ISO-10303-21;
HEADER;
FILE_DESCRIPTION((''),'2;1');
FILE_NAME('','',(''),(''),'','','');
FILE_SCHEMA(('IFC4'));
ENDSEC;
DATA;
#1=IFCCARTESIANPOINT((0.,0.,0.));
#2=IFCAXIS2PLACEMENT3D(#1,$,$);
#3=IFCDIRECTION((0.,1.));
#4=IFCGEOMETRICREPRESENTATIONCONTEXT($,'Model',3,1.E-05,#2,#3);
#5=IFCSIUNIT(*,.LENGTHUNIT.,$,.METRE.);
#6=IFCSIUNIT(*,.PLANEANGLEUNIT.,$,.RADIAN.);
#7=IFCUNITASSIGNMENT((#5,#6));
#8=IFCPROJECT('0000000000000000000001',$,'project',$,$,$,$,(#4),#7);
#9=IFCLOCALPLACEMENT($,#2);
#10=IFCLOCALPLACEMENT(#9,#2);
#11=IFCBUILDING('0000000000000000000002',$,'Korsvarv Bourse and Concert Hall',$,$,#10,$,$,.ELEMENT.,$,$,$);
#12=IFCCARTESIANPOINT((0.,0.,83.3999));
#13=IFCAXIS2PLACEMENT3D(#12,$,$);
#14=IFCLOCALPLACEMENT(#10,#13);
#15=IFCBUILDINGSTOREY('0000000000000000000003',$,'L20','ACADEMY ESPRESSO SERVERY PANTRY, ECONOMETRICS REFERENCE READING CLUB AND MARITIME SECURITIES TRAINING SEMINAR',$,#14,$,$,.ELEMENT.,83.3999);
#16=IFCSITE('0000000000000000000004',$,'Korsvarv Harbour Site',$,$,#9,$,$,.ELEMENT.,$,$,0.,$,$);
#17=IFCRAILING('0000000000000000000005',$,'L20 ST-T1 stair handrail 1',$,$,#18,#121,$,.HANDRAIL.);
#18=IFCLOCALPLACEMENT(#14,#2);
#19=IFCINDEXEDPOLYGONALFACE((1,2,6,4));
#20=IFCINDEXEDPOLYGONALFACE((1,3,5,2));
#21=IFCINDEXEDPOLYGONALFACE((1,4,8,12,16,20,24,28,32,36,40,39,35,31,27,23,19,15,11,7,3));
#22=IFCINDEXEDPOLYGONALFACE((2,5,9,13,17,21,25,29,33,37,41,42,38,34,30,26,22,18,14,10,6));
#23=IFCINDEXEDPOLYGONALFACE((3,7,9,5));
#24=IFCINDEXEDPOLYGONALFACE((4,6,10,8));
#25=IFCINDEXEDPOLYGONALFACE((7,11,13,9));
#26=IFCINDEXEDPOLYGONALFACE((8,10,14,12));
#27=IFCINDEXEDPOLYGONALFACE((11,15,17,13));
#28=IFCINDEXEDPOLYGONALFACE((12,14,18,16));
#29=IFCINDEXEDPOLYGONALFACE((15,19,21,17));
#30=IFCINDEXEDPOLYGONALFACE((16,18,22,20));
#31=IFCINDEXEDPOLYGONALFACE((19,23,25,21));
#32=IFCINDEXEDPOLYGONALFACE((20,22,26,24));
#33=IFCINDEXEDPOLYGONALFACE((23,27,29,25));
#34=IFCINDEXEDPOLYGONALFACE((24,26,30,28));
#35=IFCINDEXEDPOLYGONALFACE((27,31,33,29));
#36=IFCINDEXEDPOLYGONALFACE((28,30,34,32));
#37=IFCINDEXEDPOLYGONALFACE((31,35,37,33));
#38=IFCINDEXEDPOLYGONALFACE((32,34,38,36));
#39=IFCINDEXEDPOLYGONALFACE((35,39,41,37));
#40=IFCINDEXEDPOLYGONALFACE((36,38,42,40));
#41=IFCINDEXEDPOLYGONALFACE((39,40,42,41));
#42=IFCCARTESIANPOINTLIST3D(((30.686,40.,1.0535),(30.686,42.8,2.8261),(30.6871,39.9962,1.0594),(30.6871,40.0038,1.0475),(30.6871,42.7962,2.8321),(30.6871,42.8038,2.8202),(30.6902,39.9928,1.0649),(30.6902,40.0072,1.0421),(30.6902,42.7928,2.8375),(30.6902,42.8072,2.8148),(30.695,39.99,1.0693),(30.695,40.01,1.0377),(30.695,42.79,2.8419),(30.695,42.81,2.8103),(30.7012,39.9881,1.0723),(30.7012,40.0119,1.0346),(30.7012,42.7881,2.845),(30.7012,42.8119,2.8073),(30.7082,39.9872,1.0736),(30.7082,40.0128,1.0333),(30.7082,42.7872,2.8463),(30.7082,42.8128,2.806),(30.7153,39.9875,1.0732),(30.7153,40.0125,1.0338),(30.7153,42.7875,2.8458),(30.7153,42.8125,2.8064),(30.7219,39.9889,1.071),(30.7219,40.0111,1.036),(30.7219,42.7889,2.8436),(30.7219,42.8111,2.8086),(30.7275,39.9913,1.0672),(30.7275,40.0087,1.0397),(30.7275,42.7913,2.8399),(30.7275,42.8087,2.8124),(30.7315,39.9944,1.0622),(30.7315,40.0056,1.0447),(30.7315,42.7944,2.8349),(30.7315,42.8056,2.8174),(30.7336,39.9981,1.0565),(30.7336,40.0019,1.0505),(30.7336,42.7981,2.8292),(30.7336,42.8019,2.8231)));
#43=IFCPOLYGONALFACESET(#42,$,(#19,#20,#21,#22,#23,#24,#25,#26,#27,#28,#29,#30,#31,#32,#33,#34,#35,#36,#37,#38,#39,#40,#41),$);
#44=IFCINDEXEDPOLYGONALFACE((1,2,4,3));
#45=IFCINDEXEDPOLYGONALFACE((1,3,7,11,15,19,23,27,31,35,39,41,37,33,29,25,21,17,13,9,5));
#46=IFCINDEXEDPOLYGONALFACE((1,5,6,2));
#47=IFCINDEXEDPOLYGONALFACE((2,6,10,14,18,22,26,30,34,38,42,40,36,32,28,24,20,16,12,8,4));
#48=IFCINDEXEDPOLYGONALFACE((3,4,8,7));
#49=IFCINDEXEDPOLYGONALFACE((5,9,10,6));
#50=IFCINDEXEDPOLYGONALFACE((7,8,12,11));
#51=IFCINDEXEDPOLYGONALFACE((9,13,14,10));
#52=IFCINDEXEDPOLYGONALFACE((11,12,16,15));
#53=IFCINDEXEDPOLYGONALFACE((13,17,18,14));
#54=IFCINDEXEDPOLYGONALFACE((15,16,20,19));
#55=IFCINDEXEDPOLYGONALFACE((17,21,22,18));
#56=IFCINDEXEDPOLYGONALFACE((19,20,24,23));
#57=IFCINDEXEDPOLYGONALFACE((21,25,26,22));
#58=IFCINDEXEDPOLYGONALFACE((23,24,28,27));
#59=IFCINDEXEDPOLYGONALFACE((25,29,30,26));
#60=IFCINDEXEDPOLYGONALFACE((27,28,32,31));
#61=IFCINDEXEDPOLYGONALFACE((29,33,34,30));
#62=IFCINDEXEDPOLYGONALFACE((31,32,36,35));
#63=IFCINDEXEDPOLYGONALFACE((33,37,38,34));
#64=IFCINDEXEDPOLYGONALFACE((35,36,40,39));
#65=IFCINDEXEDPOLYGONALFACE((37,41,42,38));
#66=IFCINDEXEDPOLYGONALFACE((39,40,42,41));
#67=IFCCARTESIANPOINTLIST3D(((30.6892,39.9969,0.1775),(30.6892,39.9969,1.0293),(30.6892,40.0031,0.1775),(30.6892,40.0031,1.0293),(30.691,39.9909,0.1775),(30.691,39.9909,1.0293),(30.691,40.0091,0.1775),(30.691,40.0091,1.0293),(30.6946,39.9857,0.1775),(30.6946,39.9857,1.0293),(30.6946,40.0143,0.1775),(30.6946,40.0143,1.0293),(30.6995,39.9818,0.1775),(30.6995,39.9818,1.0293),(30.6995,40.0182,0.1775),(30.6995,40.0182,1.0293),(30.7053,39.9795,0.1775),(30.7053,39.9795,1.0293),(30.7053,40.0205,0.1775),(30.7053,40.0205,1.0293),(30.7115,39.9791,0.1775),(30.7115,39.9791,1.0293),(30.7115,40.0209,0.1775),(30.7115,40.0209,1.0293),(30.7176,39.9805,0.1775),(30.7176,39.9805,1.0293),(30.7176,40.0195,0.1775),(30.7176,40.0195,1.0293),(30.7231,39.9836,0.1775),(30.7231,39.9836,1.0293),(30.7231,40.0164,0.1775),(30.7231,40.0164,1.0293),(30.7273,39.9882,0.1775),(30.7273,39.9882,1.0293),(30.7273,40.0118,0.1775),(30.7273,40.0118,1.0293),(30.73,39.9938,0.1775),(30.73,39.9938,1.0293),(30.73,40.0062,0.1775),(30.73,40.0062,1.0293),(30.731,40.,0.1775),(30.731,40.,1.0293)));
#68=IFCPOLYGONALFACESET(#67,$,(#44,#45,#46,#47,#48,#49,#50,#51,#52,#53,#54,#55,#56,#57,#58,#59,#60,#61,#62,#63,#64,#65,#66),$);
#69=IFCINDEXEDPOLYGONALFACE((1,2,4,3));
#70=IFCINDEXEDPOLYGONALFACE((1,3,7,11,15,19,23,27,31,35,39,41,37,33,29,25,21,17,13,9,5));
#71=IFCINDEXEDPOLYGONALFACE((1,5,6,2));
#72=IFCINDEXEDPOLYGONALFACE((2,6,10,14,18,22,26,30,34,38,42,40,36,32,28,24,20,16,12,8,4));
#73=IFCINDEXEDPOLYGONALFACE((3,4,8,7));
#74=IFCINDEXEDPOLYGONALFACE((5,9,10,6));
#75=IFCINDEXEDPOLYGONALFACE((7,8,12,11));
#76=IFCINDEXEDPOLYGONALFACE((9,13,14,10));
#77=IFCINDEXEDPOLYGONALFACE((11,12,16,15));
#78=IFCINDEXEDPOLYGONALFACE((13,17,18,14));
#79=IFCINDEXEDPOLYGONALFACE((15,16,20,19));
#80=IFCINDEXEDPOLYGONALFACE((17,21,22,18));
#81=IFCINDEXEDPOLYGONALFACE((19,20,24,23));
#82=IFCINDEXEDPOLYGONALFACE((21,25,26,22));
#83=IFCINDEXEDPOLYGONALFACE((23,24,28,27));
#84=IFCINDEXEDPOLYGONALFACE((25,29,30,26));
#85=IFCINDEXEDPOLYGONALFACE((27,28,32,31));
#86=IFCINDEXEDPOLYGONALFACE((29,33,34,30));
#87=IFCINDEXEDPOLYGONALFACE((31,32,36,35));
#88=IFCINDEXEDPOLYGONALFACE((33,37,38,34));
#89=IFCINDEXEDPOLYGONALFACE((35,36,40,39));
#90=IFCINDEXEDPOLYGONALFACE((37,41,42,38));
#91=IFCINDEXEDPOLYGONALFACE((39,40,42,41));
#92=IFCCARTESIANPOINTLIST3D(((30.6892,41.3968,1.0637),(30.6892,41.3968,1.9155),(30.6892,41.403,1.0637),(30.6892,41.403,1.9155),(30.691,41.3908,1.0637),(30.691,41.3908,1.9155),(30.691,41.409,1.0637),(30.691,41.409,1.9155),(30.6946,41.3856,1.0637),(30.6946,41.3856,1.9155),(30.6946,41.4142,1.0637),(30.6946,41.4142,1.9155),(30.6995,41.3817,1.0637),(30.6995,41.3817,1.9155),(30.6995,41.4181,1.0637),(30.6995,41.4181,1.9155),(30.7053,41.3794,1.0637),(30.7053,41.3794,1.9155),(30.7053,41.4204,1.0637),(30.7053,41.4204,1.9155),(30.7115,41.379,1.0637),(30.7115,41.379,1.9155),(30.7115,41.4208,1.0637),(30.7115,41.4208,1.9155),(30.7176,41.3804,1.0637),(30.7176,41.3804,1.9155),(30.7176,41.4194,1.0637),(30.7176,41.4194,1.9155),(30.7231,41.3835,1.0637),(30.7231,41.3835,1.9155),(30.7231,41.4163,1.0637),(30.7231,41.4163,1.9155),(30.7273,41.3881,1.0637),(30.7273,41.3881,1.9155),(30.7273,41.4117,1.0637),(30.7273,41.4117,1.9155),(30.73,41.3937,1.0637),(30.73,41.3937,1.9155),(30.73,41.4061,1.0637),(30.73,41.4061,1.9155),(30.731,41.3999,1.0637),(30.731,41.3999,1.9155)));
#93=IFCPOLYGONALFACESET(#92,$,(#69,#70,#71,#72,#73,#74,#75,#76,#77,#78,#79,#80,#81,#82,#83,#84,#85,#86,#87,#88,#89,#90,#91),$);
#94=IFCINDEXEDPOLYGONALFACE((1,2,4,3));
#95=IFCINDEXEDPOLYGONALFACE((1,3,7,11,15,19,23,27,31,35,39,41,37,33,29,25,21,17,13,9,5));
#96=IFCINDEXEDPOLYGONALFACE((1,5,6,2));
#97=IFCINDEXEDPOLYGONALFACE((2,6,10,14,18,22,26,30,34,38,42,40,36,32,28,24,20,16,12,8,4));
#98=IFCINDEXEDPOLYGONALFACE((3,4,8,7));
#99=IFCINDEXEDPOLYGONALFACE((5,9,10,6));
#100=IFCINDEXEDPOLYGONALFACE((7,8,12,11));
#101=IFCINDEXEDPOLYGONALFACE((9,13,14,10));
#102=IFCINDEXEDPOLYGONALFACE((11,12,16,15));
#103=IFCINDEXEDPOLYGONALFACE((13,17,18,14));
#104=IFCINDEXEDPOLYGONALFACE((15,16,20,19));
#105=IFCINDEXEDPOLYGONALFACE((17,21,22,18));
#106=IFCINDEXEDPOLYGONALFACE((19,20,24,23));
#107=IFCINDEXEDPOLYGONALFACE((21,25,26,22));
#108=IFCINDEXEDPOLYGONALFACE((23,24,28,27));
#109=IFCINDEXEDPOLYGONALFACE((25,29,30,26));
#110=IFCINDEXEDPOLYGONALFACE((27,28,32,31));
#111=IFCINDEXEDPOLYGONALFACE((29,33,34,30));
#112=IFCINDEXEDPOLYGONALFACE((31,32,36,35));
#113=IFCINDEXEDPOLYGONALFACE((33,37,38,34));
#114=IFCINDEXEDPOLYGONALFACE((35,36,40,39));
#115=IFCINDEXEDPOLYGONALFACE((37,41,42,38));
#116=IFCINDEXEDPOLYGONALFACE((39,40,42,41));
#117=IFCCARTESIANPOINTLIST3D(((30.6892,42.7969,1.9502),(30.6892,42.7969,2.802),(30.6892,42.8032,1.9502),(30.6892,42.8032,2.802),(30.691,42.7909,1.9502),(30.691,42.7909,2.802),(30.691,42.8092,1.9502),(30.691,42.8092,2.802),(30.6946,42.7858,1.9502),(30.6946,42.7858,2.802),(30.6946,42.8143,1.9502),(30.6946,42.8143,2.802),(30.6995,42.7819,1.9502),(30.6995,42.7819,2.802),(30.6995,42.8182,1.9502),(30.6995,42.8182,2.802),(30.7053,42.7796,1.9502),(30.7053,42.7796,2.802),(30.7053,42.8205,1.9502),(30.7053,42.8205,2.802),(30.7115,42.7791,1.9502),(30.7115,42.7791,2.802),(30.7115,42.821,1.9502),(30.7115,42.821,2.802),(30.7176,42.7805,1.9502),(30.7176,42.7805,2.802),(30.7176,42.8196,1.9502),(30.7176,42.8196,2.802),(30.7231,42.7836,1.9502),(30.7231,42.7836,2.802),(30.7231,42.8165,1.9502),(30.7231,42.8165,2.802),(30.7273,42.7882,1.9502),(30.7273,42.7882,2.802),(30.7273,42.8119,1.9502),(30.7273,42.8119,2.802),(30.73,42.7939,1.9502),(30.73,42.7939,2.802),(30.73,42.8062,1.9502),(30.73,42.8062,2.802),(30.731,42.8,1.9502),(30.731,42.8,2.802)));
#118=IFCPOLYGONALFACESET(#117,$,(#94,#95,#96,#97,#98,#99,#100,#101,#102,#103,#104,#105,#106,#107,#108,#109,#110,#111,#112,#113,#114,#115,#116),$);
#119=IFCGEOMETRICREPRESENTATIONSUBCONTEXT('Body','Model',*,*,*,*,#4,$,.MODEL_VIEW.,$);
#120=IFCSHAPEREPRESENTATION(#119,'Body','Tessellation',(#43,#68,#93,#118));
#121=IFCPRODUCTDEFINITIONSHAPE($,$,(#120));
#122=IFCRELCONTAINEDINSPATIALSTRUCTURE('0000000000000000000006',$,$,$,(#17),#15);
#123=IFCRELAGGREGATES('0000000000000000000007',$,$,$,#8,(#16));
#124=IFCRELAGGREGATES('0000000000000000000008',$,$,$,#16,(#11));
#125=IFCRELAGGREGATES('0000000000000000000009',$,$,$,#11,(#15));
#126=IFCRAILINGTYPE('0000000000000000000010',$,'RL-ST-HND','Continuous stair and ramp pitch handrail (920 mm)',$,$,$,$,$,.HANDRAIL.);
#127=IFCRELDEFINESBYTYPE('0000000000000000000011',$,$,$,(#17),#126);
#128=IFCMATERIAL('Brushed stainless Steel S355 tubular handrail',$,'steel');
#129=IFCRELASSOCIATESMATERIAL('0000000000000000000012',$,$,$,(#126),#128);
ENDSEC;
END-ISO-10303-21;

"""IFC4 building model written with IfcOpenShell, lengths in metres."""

from ifc_helpers import new_model, si_unit, direction, frame, origin, origin_2d, place, context, subcontext, project, spatial, circle, extrude, material, type_object, element, save


model = new_model("IFC4")

# Units and contexts
model_context = context("Model", 3, precision=1e-05, world=origin(), true_north=direction((0.0, 1.0)))
body_context = subcontext(model_context, "Body", "Model", "MODEL_VIEW")
ifc_project = project(units=[si_unit("LENGTHUNIT", "METRE"), si_unit("PLANEANGLEUNIT", "RADIAN")], contexts=[model_context])

# Site, building, storey
site_placement = place(None, origin())
site = spatial("IfcSite", under=ifc_project, at=site_placement, Name="Korsvarv Harbour Site", CompositionType="ELEMENT", RefElevation=0.0)
building_placement = place(site_placement, origin())
building = spatial("IfcBuilding", under=site, at=building_placement, Name="Korsvarv Bourse and Concert Hall", CompositionType="ELEMENT")
storey_placement = place(building_placement, frame((0.0, 0.0, 83.3999)))
storey = spatial("IfcBuildingStorey", under=building, at=storey_placement, Name="L20", Description="ACADEMY ESPRESSO SERVERY PANTRY, ECONOMETRICS REFERENCE READING CLUB AND MARITIME SECURITIES TRAINING SEMINAR", CompositionType="ELEMENT", Elevation=83.3999)

# Railing
ifc_material_1 = material(Name="Brushed stainless Steel S355 tubular handrail", Category="steel")
railing_type_1 = type_object("IfcRailingType", Name="RL-ST-HND", Description="Continuous stair and ramp pitch handrail (920 mm)", PredefinedType="HANDRAIL", material=ifc_material_1)
railing_1_placement = place(storey_placement, frame((30.71, 40.0, 0.1775)))
element("IfcRailing", 1, at=railing_1_placement, inside=storey, type_object=railing_type_1, Name="L20 ST-T1 stair handrail 1", PredefinedType="HANDRAIL", context=body_context, shape_type="SweptSolid", body=[
    extrude(circle(Radius=0.0239, at=origin_2d()), frame((0.0, 0.0, 0.876), z_axis=(0.0, 0.844909, 0.53491), x_axis=(-1.0, 0.0, 0.0)), (0.0, 0.0, 1.0), 3.314),
    extrude(circle(Radius=0.021, at=origin_2d()), origin(), (0.0, 0.0, 1.0), 0.8518),
    extrude(circle(Radius=0.021, at=origin_2d()), frame((0.0, 1.3999, 0.8862)), (0.0, 0.0, 1.0), 0.8518),
    extrude(circle(Radius=0.021, at=origin_2d()), frame((0.0, 2.8, 1.7727)), (0.0, 0.0, 1.0), 0.8518),
])

save(model, "model.ifc")
